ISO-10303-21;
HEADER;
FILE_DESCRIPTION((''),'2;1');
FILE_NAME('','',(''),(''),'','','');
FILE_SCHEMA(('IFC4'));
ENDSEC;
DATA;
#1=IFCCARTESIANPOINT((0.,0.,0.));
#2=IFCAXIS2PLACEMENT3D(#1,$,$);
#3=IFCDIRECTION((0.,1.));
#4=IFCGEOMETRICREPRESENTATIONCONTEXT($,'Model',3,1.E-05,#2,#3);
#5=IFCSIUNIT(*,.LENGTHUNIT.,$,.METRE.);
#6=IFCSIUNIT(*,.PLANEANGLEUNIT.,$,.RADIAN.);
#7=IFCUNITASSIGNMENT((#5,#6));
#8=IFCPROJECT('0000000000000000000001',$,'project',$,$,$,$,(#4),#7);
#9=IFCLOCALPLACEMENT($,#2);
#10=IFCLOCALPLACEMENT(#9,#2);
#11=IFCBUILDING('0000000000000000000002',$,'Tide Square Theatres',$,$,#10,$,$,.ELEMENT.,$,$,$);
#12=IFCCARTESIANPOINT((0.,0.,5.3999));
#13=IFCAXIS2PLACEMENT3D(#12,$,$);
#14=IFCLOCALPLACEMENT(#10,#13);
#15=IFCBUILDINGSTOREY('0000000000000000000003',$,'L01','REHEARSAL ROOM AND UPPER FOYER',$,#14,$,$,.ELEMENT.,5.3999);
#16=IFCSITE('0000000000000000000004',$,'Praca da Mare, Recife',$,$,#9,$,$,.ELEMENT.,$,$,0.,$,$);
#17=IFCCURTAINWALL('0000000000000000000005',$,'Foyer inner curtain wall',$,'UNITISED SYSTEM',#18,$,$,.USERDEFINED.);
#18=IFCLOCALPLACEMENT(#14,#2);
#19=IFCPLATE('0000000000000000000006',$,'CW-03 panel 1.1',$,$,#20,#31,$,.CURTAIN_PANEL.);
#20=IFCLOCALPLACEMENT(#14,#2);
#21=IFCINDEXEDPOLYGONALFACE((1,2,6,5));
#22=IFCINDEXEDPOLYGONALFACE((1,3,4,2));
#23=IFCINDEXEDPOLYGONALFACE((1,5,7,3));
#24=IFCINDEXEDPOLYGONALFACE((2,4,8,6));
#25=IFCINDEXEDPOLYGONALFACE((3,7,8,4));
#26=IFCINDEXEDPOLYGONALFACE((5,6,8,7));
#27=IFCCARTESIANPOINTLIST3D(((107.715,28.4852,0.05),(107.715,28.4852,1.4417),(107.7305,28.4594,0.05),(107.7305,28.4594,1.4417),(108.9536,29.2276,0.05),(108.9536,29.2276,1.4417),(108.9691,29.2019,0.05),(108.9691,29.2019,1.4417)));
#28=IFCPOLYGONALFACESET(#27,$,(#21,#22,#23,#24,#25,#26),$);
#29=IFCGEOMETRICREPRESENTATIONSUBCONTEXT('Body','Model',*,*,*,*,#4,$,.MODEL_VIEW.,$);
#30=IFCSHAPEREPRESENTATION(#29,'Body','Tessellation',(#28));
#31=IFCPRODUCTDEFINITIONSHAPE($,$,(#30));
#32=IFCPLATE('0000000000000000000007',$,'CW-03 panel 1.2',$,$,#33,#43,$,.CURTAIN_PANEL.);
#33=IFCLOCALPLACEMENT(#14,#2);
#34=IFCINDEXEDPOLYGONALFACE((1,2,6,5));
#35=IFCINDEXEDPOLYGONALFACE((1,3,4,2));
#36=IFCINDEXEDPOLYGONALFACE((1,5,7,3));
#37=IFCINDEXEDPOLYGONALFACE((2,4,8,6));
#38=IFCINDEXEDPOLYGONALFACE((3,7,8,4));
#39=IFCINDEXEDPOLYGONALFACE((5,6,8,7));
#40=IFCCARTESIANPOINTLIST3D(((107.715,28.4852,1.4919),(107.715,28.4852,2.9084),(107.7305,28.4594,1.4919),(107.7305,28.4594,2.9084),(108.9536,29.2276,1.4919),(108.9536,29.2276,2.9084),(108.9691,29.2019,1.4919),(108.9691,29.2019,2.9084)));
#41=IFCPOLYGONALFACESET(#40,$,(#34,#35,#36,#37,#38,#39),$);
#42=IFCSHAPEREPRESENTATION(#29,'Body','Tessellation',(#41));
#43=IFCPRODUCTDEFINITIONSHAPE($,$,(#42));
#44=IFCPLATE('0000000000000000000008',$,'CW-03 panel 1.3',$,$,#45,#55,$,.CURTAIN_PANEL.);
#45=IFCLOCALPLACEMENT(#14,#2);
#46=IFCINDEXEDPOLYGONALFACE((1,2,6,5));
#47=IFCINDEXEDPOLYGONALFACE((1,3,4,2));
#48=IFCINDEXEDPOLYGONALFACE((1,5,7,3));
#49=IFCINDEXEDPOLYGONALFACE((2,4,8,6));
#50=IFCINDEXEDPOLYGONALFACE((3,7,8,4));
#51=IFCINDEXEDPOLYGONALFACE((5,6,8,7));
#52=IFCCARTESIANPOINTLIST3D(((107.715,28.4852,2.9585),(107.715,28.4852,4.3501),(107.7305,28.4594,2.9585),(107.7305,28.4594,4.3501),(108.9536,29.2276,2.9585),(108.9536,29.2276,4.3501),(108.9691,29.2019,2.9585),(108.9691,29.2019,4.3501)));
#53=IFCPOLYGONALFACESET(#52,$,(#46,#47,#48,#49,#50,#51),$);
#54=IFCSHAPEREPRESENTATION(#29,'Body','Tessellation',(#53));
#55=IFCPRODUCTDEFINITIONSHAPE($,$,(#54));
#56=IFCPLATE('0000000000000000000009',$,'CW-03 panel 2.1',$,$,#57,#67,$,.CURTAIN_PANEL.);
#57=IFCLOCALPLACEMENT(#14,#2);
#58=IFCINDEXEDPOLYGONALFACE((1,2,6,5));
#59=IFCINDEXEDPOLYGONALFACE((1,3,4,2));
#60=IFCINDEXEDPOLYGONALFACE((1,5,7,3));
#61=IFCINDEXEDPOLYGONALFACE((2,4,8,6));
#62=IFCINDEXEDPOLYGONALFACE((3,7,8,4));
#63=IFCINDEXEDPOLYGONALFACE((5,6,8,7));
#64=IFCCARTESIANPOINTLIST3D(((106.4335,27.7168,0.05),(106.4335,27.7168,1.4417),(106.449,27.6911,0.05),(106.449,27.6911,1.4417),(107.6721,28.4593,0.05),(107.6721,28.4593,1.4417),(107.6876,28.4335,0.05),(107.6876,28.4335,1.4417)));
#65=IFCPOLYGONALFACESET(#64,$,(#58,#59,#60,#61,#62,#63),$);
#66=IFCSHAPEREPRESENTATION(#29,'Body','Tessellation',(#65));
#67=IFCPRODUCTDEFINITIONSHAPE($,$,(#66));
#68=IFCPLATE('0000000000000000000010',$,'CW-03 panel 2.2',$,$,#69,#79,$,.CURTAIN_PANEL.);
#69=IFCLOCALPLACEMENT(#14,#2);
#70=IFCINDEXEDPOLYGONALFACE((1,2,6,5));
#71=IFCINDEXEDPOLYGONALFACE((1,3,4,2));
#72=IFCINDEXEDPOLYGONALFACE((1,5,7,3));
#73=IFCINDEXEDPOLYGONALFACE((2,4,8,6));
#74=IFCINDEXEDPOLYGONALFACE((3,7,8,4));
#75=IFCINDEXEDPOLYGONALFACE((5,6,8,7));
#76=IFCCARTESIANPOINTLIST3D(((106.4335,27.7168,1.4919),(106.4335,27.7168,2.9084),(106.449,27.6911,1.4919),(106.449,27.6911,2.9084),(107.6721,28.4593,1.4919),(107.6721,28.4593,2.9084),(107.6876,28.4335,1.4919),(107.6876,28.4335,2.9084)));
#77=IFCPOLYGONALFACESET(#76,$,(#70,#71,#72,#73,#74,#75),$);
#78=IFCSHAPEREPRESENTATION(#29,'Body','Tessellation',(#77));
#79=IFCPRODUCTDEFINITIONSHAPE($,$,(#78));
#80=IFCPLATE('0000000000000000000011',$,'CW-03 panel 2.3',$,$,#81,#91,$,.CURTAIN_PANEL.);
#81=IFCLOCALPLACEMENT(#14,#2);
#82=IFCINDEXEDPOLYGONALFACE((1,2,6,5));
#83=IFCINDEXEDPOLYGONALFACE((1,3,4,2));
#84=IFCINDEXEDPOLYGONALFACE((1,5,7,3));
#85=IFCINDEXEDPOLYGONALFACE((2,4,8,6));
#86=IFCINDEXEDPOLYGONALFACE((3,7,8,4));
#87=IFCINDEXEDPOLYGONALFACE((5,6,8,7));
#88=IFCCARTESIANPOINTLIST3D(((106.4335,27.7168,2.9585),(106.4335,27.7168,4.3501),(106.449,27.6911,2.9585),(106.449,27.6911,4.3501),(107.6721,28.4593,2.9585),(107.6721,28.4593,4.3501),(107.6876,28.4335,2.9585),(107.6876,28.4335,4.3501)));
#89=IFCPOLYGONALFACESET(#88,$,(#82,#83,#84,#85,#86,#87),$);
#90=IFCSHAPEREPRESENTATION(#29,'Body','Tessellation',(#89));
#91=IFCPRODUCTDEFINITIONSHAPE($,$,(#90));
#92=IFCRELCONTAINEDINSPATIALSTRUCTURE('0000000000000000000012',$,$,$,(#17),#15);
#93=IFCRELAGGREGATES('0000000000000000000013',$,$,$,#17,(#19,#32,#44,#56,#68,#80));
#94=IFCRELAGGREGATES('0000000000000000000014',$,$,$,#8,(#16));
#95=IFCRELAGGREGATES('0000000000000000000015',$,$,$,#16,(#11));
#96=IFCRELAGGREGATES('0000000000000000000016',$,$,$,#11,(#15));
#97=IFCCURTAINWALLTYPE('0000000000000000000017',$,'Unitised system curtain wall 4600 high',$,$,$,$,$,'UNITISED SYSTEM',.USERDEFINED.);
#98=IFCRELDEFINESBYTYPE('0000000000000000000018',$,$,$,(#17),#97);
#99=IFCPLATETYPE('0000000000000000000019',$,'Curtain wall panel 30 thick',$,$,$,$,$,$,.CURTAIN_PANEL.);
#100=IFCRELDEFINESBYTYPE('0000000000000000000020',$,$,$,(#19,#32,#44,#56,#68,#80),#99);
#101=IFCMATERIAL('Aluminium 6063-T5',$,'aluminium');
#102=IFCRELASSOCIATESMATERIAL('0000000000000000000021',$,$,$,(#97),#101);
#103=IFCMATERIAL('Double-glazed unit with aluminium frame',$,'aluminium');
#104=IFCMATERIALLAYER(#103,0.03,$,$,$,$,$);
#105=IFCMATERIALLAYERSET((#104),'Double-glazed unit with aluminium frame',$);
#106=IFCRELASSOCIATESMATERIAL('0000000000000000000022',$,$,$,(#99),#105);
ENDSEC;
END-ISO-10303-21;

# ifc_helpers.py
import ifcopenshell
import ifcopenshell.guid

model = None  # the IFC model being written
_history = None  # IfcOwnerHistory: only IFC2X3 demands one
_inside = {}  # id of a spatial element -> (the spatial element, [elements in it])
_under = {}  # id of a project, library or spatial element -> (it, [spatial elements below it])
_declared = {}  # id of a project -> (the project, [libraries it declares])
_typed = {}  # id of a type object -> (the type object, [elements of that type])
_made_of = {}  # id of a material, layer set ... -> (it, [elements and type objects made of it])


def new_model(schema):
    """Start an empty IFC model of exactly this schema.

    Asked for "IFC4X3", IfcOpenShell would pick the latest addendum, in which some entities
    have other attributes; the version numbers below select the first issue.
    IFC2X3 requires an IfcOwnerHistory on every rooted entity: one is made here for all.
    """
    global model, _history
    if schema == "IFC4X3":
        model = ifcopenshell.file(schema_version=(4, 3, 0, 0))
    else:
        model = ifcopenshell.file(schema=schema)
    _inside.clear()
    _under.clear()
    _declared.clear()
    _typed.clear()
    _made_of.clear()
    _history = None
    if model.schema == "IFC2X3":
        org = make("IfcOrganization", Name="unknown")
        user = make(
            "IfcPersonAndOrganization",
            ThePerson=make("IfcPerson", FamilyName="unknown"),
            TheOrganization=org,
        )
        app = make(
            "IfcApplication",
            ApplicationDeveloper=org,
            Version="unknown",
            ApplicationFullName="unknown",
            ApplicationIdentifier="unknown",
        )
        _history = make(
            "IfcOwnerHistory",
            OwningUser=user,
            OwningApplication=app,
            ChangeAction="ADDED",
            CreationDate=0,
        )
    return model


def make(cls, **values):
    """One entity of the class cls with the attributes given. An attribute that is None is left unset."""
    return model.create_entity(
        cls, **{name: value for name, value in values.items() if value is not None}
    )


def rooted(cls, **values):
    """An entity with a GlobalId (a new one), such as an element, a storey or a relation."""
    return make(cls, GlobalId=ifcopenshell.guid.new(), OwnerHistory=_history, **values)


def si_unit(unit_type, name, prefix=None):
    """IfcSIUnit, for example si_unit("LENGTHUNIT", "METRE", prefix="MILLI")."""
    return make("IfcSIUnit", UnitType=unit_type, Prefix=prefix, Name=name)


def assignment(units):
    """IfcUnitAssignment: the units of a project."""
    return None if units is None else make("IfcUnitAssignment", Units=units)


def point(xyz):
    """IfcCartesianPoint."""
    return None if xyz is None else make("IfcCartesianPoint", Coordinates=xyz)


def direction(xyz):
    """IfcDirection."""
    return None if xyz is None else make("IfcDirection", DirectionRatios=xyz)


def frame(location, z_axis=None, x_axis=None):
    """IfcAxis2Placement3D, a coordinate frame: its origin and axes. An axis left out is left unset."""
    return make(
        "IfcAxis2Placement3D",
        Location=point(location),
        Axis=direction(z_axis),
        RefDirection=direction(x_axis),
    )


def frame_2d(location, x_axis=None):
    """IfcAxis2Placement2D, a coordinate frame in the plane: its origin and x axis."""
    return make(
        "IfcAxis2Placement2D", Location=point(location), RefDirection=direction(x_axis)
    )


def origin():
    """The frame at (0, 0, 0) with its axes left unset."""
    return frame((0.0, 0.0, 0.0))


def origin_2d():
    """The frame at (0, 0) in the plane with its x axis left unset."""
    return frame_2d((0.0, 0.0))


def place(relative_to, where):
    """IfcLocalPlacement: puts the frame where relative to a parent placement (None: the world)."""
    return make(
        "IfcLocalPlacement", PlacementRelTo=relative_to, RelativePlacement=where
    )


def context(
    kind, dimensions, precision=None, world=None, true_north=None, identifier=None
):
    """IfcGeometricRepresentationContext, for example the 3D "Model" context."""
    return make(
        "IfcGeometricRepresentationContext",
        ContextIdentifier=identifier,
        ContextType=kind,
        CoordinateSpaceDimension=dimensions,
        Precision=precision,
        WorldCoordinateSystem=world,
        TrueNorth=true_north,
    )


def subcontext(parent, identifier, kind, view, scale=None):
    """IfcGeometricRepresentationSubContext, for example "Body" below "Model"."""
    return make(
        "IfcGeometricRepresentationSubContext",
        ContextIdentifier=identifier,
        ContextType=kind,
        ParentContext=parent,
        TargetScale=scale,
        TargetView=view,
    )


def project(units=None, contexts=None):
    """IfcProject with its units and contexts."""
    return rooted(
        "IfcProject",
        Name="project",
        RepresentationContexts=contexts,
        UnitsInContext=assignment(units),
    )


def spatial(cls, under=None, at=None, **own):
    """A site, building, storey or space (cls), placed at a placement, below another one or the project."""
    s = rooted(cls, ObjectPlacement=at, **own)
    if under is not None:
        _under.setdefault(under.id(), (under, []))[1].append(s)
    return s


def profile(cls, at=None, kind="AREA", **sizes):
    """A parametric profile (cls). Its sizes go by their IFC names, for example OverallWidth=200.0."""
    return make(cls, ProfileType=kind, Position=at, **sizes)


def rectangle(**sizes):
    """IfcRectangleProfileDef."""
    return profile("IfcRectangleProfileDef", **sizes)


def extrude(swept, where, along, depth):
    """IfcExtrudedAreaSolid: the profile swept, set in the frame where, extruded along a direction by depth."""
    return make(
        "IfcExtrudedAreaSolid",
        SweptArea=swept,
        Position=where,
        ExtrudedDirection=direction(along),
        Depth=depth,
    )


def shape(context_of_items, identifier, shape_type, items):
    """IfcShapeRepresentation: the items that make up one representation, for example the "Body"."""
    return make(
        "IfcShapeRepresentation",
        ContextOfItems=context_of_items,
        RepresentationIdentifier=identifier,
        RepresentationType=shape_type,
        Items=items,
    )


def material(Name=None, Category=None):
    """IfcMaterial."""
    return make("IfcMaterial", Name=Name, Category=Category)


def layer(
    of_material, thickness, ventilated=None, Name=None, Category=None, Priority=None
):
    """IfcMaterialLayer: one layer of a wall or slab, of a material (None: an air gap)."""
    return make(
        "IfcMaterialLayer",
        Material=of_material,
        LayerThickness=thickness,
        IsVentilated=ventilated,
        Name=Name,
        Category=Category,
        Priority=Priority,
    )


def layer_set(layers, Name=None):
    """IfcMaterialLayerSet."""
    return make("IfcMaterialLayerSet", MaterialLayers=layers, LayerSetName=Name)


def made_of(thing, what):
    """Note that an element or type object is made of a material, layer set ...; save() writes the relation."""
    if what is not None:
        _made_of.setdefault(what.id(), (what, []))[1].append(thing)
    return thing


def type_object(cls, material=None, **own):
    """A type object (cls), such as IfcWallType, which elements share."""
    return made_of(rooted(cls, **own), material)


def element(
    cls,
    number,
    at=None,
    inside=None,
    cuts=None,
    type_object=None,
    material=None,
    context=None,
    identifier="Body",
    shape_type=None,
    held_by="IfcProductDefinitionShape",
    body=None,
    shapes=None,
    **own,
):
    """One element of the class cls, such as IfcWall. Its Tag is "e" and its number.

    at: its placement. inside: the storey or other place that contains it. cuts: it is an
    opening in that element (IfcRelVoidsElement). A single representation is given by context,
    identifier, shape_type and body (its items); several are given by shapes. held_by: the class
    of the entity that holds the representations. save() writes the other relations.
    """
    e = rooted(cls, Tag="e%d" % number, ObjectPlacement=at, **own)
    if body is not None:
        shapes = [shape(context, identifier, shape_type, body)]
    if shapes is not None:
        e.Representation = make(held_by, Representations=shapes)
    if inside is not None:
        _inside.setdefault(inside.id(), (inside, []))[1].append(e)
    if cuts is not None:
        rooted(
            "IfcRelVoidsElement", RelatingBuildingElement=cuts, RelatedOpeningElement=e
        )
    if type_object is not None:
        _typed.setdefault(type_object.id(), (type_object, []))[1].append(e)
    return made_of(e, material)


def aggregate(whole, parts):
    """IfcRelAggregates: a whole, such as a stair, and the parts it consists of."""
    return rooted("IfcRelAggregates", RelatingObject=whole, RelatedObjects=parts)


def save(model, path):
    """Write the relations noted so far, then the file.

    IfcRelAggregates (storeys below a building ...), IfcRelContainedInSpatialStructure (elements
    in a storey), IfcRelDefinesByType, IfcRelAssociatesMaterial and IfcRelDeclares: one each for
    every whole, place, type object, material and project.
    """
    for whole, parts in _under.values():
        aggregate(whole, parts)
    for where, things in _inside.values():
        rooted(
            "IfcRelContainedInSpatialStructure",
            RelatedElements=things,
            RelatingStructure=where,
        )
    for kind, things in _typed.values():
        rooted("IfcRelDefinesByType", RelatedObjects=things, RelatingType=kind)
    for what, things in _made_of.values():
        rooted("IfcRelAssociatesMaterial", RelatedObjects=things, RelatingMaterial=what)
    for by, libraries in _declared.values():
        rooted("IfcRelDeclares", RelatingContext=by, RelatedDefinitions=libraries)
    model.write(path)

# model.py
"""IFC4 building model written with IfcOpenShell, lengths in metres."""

from ifc_helpers import new_model, si_unit, direction, frame, origin, origin_2d, place, context, subcontext, project, spatial, rectangle, extrude, material, layer, layer_set, type_object, element, aggregate, save


model = new_model("IFC4")

# Units and contexts
model_context = context("Model", 3, precision=1e-05, world=origin(), true_north=direction((0.0, 1.0)))
body_context = subcontext(model_context, "Body", "Model", "MODEL_VIEW")
ifc_project = project(units=[si_unit("LENGTHUNIT", "METRE"), si_unit("PLANEANGLEUNIT", "RADIAN")], contexts=[model_context])

# Site, building, storey
site_placement = place(None, origin())
site = spatial("IfcSite", under=ifc_project, at=site_placement, Name="Praca da Mare, Recife", CompositionType="ELEMENT", RefElevation=0.0)
building_placement = place(site_placement, origin())
building = spatial("IfcBuilding", under=site, at=building_placement, Name="Tide Square Theatres", CompositionType="ELEMENT")
storey_placement = place(building_placement, frame((0.0, 0.0, 5.3999)))
storey = spatial("IfcBuildingStorey", under=building, at=storey_placement, Name="L01", Description="REHEARSAL ROOM AND UPPER FOYER", CompositionType="ELEMENT", Elevation=5.3999)

# Curtain wall
ifc_material_1 = material(Name="Aluminium 6063-T5", Category="aluminium")
curtain_wall_type_1 = type_object("IfcCurtainWallType", Name="Unitised system curtain wall 4600 high", ElementType="UNITISED SYSTEM", PredefinedType="USERDEFINED", material=ifc_material_1)
curtain_wall_1_placement = place(storey_placement, origin())
curtain_wall_1 = element("IfcCurtainWall", 1, at=curtain_wall_1_placement, inside=storey, type_object=curtain_wall_type_1, Name="Foyer inner curtain wall", ObjectType="UNITISED SYSTEM", PredefinedType="USERDEFINED")

# Plates
ifc_material_2 = material(Name="Double-glazed unit with aluminium frame", Category="aluminium")
ifc_layer = layer(ifc_material_2, 0.03)
ifc_layer_set = layer_set([ifc_layer], Name="Double-glazed unit with aluminium frame")
plate_type = type_object("IfcPlateType", Name="Curtain wall panel 30 thick", PredefinedType="CURTAIN_PANEL", material=ifc_layer_set)
plate_1_placement = place(storey_placement, frame((108.342, 28.8435, 0.05), z_axis=(0.0, 0.0, 1.0), x_axis=(-0.857714, -0.514128, 0.0)))
plate_1 = element("IfcPlate", 2, at=plate_1_placement, type_object=plate_type, Name="CW-03 panel 1.1", PredefinedType="CURTAIN_PANEL", context=body_context, shape_type="SweptSolid", body=[
    extrude(rectangle(XDim=1.4441, YDim=0.03, at=origin_2d()), origin(), (0.0, 0.0, 1.0), 1.3916),
])
plate_2_placement = place(storey_placement, frame((108.342, 28.8435, 1.4919), z_axis=(0.0, 0.0, 1.0), x_axis=(-0.857714, -0.514128, 0.0)))
plate_2 = element("IfcPlate", 3, at=plate_2_placement, type_object=plate_type, Name="CW-03 panel 1.2", PredefinedType="CURTAIN_PANEL", context=body_context, shape_type="SweptSolid", body=[
    extrude(rectangle(XDim=1.4441, YDim=0.03, at=origin_2d()), origin(), (0.0, 0.0, 1.0), 1.4165),
])
plate_3_placement = place(storey_placement, frame((108.342, 28.8435, 2.9585), z_axis=(0.0, 0.0, 1.0), x_axis=(-0.857714, -0.514128, 0.0)))
plate_3 = element("IfcPlate", 4, at=plate_3_placement, type_object=plate_type, Name="CW-03 panel 1.3", PredefinedType="CURTAIN_PANEL", context=body_context, shape_type="SweptSolid", body=[
    extrude(rectangle(XDim=1.4441, YDim=0.03, at=origin_2d()), origin(), (0.0, 0.0, 1.0), 1.3916),
])
plate_4_placement = place(storey_placement, frame((107.0605, 28.0752, 0.05), z_axis=(0.0, 0.0, 1.0), x_axis=(-0.857714, -0.514128, 0.0)))
plate_4 = element("IfcPlate", 5, at=plate_4_placement, type_object=plate_type, Name="CW-03 panel 2.1", PredefinedType="CURTAIN_PANEL", context=body_context, shape_type="SweptSolid", body=[
    extrude(rectangle(XDim=1.4441, YDim=0.03, at=origin_2d()), origin(), (0.0, 0.0, 1.0), 1.3916),
])
plate_5_placement = place(storey_placement, frame((107.0605, 28.0752, 1.4919), z_axis=(0.0, 0.0, 1.0), x_axis=(-0.857714, -0.514128, 0.0)))
plate_5 = element("IfcPlate", 6, at=plate_5_placement, type_object=plate_type, Name="CW-03 panel 2.2", PredefinedType="CURTAIN_PANEL", context=body_context, shape_type="SweptSolid", body=[
    extrude(rectangle(XDim=1.4441, YDim=0.03, at=origin_2d()), origin(), (0.0, 0.0, 1.0), 1.4165),
])
plate_6_placement = place(storey_placement, frame((107.0605, 28.0752, 2.9585), z_axis=(0.0, 0.0, 1.0), x_axis=(-0.857714, -0.514128, 0.0)))
plate_6 = element("IfcPlate", 7, at=plate_6_placement, type_object=plate_type, Name="CW-03 panel 2.3", PredefinedType="CURTAIN_PANEL", context=body_context, shape_type="SweptSolid", body=[
    extrude(rectangle(XDim=1.4441, YDim=0.03, at=origin_2d()), origin(), (0.0, 0.0, 1.0), 1.3916),
])
aggregate(curtain_wall_1, [plate_1, plate_2, plate_3, plate_4, plate_5, plate_6])

save(model, "model.ifc")
